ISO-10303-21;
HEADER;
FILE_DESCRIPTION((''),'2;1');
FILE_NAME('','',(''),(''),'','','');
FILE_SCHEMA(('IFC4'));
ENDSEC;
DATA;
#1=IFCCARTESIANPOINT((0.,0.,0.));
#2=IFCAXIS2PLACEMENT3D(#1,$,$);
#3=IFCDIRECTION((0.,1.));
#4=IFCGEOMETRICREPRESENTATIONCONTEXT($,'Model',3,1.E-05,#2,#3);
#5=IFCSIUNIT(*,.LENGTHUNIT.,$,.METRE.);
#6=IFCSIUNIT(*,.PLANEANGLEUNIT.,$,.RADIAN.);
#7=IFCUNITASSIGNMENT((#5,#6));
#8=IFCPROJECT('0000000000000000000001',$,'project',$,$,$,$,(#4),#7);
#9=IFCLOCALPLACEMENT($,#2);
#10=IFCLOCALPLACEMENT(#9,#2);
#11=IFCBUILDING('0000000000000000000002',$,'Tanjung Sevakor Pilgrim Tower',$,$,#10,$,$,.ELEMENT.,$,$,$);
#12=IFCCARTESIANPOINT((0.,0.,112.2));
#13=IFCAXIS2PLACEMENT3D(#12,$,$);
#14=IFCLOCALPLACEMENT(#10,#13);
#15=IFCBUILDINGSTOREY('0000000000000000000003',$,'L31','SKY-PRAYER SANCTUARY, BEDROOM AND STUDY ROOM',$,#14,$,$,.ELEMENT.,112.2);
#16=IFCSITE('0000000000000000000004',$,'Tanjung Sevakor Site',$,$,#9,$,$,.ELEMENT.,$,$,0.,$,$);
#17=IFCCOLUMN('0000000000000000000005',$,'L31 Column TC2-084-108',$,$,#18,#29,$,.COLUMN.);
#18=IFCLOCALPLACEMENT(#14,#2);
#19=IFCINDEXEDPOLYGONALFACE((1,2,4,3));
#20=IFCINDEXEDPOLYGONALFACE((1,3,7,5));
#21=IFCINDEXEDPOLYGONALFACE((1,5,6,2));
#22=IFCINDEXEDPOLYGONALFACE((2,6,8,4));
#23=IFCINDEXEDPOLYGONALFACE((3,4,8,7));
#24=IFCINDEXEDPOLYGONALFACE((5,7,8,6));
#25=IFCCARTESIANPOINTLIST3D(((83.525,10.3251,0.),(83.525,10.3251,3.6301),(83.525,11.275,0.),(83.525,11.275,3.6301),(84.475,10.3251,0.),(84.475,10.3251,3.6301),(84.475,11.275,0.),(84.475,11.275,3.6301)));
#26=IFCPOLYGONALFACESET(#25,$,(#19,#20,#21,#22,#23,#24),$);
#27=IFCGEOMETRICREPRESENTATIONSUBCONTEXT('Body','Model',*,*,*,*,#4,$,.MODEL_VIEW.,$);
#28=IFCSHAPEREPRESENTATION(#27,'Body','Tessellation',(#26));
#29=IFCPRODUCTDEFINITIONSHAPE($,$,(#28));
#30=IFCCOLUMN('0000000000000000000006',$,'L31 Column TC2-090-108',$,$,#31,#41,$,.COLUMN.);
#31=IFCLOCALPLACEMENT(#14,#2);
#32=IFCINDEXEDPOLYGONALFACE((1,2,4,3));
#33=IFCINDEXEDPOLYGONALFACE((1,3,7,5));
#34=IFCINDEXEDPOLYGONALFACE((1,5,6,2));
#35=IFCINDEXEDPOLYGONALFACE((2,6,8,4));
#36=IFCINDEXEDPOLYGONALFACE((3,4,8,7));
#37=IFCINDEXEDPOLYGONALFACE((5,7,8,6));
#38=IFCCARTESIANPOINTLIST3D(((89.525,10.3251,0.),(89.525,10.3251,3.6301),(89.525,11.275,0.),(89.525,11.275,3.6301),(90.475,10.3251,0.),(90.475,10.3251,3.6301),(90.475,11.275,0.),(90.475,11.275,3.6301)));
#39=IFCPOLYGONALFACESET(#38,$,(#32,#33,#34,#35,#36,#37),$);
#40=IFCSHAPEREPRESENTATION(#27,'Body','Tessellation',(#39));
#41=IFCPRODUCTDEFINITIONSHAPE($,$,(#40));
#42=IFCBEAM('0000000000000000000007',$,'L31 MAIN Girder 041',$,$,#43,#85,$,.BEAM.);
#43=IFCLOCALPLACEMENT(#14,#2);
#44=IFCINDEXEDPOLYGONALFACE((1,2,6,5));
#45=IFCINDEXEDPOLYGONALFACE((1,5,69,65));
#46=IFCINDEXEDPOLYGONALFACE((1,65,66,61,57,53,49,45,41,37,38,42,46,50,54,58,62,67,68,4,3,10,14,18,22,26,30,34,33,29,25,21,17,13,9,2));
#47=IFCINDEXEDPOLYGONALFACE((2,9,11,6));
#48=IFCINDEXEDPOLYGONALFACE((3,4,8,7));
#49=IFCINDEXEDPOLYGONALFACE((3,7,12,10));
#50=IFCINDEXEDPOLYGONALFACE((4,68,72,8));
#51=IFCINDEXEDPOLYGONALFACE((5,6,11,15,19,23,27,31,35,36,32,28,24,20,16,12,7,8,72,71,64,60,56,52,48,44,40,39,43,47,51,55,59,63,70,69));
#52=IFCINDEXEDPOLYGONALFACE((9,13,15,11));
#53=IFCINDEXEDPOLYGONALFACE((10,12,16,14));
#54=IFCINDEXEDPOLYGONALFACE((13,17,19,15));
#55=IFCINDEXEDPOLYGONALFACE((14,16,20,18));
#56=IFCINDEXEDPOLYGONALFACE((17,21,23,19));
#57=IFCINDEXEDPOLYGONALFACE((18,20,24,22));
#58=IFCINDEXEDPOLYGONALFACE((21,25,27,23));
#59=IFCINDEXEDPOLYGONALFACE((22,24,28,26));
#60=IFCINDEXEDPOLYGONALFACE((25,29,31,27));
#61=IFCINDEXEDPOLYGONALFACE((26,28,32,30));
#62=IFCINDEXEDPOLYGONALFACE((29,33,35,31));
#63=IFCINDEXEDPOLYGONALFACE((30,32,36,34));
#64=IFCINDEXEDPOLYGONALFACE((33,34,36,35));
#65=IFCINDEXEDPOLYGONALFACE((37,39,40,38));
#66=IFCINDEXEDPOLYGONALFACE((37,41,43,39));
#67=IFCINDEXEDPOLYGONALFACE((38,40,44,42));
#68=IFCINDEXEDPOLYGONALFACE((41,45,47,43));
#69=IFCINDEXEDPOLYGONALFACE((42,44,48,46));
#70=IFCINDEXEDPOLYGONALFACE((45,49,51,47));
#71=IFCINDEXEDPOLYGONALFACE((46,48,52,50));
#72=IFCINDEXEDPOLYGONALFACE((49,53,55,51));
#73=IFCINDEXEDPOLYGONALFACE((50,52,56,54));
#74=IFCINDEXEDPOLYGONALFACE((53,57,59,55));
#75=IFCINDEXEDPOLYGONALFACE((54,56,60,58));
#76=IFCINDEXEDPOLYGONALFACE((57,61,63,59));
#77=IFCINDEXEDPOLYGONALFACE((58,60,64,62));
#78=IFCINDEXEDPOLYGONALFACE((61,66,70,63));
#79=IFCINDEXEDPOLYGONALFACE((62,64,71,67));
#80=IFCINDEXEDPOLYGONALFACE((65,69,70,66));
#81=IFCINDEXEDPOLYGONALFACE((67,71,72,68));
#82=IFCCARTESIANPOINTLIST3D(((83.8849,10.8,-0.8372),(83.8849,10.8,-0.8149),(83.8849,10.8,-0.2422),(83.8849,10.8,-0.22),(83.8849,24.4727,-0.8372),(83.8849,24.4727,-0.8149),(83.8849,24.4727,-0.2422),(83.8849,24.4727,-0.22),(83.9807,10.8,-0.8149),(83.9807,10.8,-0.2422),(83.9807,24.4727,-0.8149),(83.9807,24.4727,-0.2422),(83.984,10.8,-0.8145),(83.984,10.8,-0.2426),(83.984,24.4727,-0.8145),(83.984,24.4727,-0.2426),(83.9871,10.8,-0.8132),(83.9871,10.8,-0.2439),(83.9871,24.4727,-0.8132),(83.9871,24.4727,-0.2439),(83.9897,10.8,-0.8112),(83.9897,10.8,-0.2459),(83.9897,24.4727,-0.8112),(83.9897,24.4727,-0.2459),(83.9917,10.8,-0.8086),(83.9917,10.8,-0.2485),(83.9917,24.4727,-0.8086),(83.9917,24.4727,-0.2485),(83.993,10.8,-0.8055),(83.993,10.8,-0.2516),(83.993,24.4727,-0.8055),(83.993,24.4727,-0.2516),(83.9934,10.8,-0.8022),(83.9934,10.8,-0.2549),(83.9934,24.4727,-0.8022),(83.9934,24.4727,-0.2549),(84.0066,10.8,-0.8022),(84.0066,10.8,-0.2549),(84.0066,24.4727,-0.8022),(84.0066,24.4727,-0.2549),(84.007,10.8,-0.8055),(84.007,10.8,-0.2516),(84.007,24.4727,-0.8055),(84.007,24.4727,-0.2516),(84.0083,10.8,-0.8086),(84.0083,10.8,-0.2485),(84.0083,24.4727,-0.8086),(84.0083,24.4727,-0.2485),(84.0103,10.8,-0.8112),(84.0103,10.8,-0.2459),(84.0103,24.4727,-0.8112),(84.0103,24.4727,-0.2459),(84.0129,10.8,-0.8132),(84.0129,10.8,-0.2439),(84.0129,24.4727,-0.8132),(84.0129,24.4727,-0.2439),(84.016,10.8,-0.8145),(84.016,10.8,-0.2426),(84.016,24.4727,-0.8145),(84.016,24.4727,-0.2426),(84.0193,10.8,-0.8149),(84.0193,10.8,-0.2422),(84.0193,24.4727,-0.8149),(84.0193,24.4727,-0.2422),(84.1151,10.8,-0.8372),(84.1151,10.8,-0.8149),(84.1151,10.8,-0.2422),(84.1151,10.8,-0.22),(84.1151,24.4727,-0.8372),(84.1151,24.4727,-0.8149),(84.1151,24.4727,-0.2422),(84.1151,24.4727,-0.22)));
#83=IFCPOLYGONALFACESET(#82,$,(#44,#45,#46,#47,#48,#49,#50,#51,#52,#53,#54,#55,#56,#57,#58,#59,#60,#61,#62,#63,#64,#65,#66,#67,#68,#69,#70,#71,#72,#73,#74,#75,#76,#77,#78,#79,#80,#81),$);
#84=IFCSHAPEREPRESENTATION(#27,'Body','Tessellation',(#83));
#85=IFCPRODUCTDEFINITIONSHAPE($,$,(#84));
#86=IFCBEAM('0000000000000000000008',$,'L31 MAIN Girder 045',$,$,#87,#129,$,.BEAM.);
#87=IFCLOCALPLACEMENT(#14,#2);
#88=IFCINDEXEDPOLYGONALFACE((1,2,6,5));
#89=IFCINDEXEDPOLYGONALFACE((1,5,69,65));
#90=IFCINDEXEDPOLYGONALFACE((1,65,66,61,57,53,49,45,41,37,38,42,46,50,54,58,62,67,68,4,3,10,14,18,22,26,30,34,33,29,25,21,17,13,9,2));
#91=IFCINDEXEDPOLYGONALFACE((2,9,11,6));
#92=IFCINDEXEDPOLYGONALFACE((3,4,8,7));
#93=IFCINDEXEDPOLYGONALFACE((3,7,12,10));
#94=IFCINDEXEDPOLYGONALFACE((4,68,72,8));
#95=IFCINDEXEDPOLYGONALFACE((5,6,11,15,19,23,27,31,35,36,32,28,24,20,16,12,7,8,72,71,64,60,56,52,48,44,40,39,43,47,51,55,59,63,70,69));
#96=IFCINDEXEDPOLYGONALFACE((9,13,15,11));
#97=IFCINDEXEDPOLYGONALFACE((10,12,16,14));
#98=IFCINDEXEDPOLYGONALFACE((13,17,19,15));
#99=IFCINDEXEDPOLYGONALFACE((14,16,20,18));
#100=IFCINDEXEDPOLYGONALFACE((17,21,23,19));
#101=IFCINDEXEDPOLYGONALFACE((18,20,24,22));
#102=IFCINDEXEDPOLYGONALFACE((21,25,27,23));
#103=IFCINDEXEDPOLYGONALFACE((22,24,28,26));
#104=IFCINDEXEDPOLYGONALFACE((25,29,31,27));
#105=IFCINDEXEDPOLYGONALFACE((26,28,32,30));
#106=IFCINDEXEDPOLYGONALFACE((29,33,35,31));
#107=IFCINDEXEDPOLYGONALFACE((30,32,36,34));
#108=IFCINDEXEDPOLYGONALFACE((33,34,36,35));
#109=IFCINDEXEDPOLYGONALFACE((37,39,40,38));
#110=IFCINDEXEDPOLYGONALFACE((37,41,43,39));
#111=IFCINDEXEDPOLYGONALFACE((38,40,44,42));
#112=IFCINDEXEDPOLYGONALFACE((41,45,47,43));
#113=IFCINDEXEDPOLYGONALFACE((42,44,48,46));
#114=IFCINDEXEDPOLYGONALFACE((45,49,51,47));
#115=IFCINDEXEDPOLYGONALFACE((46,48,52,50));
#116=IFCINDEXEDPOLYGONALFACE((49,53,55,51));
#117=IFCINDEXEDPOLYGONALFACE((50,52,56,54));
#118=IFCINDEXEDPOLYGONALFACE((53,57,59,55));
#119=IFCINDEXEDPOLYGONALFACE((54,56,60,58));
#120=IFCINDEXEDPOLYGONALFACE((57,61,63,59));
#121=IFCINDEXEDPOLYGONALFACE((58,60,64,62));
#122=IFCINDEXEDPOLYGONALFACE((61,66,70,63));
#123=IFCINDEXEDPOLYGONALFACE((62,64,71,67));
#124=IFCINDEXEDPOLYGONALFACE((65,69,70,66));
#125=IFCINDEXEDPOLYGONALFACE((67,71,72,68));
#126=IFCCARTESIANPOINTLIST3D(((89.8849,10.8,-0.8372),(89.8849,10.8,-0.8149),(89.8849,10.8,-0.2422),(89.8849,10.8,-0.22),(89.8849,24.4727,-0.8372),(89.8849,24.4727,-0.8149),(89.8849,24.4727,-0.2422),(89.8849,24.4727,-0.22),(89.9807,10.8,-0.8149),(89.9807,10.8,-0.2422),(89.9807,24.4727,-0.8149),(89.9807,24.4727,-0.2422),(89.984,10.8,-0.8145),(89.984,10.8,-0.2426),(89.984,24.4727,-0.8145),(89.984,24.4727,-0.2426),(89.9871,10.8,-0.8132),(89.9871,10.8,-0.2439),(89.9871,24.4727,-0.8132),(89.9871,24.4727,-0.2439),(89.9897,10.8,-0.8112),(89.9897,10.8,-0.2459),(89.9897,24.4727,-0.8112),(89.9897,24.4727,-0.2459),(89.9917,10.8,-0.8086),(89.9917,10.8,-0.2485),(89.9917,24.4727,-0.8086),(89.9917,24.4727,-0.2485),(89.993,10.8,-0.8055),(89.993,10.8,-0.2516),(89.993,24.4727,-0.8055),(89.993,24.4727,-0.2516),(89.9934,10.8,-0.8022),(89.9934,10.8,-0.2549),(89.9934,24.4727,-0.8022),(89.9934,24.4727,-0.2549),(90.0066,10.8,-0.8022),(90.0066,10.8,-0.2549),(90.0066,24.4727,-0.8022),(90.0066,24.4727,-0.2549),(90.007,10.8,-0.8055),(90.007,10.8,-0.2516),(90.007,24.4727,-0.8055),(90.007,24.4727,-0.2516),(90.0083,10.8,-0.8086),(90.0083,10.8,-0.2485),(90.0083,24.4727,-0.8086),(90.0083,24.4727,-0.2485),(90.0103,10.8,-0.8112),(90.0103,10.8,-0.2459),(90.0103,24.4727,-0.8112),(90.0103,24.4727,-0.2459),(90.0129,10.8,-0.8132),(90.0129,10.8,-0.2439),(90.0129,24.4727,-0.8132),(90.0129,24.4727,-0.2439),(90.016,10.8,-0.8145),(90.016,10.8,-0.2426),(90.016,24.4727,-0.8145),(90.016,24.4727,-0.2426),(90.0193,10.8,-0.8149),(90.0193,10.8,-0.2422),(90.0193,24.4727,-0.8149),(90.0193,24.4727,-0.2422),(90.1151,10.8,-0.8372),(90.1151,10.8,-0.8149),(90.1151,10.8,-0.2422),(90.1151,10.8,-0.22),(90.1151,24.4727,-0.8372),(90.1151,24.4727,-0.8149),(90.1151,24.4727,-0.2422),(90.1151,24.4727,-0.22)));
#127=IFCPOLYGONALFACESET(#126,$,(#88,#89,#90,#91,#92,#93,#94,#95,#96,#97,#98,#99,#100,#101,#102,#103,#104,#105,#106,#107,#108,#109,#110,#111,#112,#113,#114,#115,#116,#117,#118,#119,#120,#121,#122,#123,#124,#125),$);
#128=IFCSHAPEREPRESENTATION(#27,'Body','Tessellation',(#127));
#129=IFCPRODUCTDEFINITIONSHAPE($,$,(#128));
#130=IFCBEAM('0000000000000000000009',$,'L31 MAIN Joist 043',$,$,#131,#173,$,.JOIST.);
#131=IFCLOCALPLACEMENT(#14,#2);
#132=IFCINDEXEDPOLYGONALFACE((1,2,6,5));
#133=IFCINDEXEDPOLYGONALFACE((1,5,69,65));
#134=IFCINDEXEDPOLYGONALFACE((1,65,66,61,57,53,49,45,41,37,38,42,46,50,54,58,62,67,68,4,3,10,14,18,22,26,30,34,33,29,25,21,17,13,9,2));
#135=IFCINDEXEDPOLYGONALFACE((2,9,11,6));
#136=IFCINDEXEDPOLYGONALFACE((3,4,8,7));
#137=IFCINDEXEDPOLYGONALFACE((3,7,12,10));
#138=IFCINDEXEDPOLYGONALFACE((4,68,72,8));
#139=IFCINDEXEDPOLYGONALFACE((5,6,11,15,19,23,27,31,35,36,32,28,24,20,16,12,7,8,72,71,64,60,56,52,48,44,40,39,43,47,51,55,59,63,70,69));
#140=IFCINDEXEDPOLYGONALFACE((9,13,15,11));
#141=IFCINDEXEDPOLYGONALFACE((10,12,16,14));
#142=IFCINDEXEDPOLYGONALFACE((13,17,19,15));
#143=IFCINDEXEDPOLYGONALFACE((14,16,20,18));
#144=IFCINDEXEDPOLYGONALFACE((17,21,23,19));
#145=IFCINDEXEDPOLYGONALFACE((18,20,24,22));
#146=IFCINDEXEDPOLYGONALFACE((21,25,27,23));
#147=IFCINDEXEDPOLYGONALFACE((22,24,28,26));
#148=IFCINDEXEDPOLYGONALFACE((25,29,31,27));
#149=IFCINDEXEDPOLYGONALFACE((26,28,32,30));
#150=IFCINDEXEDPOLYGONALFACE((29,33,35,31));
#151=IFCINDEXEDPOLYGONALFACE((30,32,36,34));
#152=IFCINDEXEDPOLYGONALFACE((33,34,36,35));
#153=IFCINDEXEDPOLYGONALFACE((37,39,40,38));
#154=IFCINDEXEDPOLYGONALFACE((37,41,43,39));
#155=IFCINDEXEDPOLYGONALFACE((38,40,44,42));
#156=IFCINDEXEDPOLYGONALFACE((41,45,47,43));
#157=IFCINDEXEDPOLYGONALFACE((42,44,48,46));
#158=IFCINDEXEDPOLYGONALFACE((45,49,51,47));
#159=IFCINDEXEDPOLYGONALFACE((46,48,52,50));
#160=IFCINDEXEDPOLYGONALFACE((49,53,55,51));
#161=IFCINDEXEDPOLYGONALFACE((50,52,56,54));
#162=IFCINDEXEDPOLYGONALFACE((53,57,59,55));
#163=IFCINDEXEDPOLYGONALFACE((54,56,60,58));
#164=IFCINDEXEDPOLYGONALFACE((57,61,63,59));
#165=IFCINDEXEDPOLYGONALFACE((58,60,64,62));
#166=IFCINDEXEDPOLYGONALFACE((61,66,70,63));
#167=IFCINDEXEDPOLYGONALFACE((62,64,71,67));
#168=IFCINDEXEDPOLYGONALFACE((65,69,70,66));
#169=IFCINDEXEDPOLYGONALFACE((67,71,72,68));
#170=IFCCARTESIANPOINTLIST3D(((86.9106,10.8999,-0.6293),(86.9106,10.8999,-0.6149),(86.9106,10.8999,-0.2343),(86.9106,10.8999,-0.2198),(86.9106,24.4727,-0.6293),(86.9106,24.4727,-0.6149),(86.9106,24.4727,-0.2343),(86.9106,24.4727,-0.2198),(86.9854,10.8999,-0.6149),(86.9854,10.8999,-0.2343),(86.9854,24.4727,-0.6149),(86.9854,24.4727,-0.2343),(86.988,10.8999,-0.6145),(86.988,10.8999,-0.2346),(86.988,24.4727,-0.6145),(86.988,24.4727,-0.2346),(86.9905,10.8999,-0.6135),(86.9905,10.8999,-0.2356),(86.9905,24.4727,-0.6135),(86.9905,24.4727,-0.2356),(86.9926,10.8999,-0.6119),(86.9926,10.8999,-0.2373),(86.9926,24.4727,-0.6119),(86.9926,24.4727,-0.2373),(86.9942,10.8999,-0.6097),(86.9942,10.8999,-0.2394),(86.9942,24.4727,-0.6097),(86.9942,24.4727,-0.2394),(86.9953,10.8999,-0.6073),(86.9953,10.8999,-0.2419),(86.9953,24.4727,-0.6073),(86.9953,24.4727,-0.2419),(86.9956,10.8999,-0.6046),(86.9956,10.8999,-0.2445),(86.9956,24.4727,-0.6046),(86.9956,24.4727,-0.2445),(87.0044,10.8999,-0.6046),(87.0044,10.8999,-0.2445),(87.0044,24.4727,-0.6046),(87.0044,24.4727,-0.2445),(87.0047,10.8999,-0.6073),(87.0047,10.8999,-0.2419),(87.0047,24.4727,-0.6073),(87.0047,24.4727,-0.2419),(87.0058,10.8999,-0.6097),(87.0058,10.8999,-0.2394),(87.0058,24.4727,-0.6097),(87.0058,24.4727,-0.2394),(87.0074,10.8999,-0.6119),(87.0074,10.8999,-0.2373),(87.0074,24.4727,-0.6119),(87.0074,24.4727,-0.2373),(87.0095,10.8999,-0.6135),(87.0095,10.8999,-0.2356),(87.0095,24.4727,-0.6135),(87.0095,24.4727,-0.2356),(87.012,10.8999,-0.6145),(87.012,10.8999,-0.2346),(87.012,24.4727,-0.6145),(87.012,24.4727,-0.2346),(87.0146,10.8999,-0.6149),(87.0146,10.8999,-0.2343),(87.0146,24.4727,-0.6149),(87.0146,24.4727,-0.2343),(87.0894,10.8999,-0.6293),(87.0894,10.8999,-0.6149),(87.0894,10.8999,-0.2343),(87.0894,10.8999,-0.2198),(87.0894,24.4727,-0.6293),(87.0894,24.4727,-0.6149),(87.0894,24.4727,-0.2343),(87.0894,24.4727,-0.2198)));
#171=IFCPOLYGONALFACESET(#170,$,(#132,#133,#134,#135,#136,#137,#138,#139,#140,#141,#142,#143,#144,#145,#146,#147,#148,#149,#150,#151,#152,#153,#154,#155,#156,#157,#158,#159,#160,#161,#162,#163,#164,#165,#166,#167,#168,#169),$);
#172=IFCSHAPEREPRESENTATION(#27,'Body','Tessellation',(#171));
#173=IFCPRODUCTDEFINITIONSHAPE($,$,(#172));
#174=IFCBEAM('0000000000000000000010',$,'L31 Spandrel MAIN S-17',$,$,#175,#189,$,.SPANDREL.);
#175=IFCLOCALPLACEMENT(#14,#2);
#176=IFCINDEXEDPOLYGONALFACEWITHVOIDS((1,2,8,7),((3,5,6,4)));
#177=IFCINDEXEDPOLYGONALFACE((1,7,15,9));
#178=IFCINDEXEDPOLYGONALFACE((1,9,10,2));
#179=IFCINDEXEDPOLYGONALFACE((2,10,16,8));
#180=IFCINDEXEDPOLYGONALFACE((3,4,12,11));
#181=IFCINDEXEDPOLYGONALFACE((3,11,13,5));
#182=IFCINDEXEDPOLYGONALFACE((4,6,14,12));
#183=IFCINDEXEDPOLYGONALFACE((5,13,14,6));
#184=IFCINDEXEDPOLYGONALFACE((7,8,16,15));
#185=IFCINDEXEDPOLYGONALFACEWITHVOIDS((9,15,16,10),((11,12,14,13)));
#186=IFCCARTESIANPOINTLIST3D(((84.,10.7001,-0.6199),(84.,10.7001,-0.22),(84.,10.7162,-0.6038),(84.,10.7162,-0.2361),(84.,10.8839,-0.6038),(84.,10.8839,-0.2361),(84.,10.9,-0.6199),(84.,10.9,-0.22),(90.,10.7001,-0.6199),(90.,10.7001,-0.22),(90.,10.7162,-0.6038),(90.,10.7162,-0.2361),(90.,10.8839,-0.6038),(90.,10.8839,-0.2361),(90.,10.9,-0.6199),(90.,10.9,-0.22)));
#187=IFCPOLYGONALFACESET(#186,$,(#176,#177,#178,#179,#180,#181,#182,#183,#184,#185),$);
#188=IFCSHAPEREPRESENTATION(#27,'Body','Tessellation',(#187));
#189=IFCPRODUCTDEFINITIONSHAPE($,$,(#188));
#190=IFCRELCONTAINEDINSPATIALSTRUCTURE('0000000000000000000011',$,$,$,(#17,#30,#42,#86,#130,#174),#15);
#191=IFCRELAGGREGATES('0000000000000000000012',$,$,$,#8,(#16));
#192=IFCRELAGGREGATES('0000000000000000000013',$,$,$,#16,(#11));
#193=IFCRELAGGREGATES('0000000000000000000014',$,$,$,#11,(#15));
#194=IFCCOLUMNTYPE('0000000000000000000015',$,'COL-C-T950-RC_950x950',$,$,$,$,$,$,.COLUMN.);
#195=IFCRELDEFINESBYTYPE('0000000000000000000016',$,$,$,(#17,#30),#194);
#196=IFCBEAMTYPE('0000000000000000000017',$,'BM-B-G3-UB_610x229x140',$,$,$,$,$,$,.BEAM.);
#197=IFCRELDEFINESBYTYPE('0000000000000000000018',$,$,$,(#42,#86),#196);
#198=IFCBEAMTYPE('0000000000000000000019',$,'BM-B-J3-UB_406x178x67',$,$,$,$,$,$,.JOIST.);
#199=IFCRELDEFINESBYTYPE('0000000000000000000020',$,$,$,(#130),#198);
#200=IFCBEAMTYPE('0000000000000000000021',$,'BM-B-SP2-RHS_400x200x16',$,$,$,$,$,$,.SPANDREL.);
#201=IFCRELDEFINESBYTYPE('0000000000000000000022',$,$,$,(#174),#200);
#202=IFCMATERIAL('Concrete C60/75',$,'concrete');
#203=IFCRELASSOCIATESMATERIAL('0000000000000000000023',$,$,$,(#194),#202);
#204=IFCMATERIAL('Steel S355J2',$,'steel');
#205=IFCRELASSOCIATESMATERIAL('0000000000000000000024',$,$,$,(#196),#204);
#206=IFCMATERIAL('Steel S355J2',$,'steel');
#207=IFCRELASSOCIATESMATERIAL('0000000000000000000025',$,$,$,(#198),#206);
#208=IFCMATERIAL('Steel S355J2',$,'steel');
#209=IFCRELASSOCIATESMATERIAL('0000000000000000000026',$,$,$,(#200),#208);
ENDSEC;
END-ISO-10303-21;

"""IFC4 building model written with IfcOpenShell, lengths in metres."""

from ifc_helpers import new_model, si_unit, direction, frame, origin, origin_2d, place, context, subcontext, project, spatial, rectangle, hollow_rectangle, i_section, extrude, material, material_profile, profile_set, type_object, element, save


model = new_model("IFC4")

# Units and contexts
model_context = context("Model", 3, precision=1e-05, world=origin(), true_north=direction((0.0, 1.0)))
body_context = subcontext(model_context, "Body", "Model", "MODEL_VIEW")
ifc_project = project(units=[si_unit("LENGTHUNIT", "METRE"), si_unit("PLANEANGLEUNIT", "RADIAN")], contexts=[model_context])

# Site, building, storey
site_placement = place(None, origin())
site = spatial("IfcSite", under=ifc_project, at=site_placement, Name="Tanjung Sevakor Site", CompositionType="ELEMENT", RefElevation=0.0)
building_placement = place(site_placement, origin())
building = spatial("IfcBuilding", under=site, at=building_placement, Name="Tanjung Sevakor Pilgrim Tower", CompositionType="ELEMENT")
storey_placement = place(building_placement, frame((0.0, 0.0, 112.2)))
storey = spatial("IfcBuildingStorey", under=building, at=storey_placement, Name="L31", Description="SKY-PRAYER SANCTUARY, BEDROOM AND STUDY ROOM", CompositionType="ELEMENT", Elevation=112.2)

# Columns
ifc_material_1 = material(Name="Concrete C60/75", Category="concrete")
ifc_material_profile_1 = material_profile(ifc_material_1, rectangle(XDim=0.95, YDim=0.95, at=origin_2d()))
ifc_profile_set_1 = profile_set([ifc_material_profile_1], Name="Concrete C60/75")
column_type = type_object("IfcColumnType", Name="COL-C-T950-RC_950x950", PredefinedType="COLUMN", material=ifc_profile_set_1)
for number, where, z_axis, x_axis, name in (
    (1, (84.0, 10.8, 0.0), (0.0, 0.0, 1.0), (1.0, 0.0, 0.0), "L31 Column TC2-084-108"),
    (2, (90.0, 10.8, 0.0), (0.0, 0.0, 1.0), (1.0, 0.0, 0.0), "L31 Column TC2-090-108"),
):
    element("IfcColumn", number, at=place(storey_placement, frame(where, z_axis=z_axis, x_axis=x_axis)), inside=storey, type_object=column_type, Name=name, PredefinedType="COLUMN", context=body_context, shape_type="SweptSolid", body=[
        extrude(rectangle(XDim=0.95, YDim=0.95, at=origin_2d()), origin(), (0.0, 0.0, 1.0), 3.6301),
    ])

# Beams
ifc_material_2 = material(Name="Steel S355J2", Category="steel")
ifc_material_profile_2 = material_profile(ifc_material_2, i_section(OverallWidth=0.2302, OverallDepth=0.6172, WebThickness=0.0132, FlangeThickness=0.0222, FilletRadius=0.0127, at=origin_2d()))
ifc_profile_set_2 = profile_set([ifc_material_profile_2], Name="Steel S355J2")
beam_type_1 = type_object("IfcBeamType", Name="BM-B-G3-UB_610x229x140", PredefinedType="BEAM", material=ifc_profile_set_2)
for number, where, z_axis, x_axis, name in (
    (3, (84.0, 10.8, -0.5286), (0.0, 1.0, 0.0), (-1.0, 0.0, 0.0), "L31 MAIN Girder 041"),
    (4, (90.0, 10.8, -0.5286), (0.0, 1.0, 0.0), (-1.0, 0.0, 0.0), "L31 MAIN Girder 045"),
):
    element("IfcBeam", number, at=place(storey_placement, frame(where, z_axis=z_axis, x_axis=x_axis)), inside=storey, type_object=beam_type_1, Name=name, PredefinedType="BEAM", context=body_context, shape_type="SweptSolid", body=[
        extrude(i_section(OverallWidth=0.2302, OverallDepth=0.6172, WebThickness=0.0132, FlangeThickness=0.0222, FilletRadius=0.0127, at=origin_2d()), origin(), (0.0, 0.0, 1.0), 13.6726),
    ])
ifc_material_3 = material(Name="Steel S355J2", Category="steel")
ifc_material_profile_3 = material_profile(ifc_material_3, i_section(OverallWidth=0.1787, OverallDepth=0.4094, WebThickness=0.0088, FlangeThickness=0.0144, FilletRadius=0.0103, at=origin_2d()))
ifc_profile_set_3 = profile_set([ifc_material_profile_3], Name="Steel S355J2")
beam_type_2 = type_object("IfcBeamType", Name="BM-B-J3-UB_406x178x67", PredefinedType="JOIST", material=ifc_profile_set_3)
beam_1_placement = place(storey_placement, frame((87.0, 10.8999, -0.4246), z_axis=(0.0, 1.0, 0.0), x_axis=(-1.0, 0.0, 0.0)))
element("IfcBeam", 5, at=beam_1_placement, inside=storey, type_object=beam_type_2, Name="L31 MAIN Joist 043", PredefinedType="JOIST", context=body_context, shape_type="SweptSolid", body=[
    extrude(i_section(OverallWidth=0.1787, OverallDepth=0.4094, WebThickness=0.0088, FlangeThickness=0.0144, FilletRadius=0.0103, at=origin_2d()), origin(), (0.0, 0.0, 1.0), 13.5728),
])
ifc_material_4 = material(Name="Steel S355J2", Category="steel")
ifc_material_profile_4 = material_profile(ifc_material_4, hollow_rectangle(XDim=0.2, YDim=0.3999, WallThickness=0.0161, at=origin_2d()))
ifc_profile_set_4 = profile_set([ifc_material_profile_4], Name="Steel S355J2")
beam_type_3 = type_object("IfcBeamType", Name="BM-B-SP2-RHS_400x200x16", PredefinedType="SPANDREL", material=ifc_profile_set_4)
beam_2_placement = place(storey_placement, frame((84.0, 10.8, -0.4199), z_axis=(1.0, 0.0, 0.0), x_axis=(0.0, 1.0, 0.0)))
element("IfcBeam", 6, at=beam_2_placement, inside=storey, type_object=beam_type_3, Name="L31 Spandrel MAIN S-17", PredefinedType="SPANDREL", context=body_context, shape_type="SweptSolid", body=[
    extrude(hollow_rectangle(XDim=0.2, YDim=0.3999, WallThickness=0.0161, at=origin_2d()), origin(), (0.0, 0.0, 1.0), 6.0),
])

save(model, "model.ifc")
